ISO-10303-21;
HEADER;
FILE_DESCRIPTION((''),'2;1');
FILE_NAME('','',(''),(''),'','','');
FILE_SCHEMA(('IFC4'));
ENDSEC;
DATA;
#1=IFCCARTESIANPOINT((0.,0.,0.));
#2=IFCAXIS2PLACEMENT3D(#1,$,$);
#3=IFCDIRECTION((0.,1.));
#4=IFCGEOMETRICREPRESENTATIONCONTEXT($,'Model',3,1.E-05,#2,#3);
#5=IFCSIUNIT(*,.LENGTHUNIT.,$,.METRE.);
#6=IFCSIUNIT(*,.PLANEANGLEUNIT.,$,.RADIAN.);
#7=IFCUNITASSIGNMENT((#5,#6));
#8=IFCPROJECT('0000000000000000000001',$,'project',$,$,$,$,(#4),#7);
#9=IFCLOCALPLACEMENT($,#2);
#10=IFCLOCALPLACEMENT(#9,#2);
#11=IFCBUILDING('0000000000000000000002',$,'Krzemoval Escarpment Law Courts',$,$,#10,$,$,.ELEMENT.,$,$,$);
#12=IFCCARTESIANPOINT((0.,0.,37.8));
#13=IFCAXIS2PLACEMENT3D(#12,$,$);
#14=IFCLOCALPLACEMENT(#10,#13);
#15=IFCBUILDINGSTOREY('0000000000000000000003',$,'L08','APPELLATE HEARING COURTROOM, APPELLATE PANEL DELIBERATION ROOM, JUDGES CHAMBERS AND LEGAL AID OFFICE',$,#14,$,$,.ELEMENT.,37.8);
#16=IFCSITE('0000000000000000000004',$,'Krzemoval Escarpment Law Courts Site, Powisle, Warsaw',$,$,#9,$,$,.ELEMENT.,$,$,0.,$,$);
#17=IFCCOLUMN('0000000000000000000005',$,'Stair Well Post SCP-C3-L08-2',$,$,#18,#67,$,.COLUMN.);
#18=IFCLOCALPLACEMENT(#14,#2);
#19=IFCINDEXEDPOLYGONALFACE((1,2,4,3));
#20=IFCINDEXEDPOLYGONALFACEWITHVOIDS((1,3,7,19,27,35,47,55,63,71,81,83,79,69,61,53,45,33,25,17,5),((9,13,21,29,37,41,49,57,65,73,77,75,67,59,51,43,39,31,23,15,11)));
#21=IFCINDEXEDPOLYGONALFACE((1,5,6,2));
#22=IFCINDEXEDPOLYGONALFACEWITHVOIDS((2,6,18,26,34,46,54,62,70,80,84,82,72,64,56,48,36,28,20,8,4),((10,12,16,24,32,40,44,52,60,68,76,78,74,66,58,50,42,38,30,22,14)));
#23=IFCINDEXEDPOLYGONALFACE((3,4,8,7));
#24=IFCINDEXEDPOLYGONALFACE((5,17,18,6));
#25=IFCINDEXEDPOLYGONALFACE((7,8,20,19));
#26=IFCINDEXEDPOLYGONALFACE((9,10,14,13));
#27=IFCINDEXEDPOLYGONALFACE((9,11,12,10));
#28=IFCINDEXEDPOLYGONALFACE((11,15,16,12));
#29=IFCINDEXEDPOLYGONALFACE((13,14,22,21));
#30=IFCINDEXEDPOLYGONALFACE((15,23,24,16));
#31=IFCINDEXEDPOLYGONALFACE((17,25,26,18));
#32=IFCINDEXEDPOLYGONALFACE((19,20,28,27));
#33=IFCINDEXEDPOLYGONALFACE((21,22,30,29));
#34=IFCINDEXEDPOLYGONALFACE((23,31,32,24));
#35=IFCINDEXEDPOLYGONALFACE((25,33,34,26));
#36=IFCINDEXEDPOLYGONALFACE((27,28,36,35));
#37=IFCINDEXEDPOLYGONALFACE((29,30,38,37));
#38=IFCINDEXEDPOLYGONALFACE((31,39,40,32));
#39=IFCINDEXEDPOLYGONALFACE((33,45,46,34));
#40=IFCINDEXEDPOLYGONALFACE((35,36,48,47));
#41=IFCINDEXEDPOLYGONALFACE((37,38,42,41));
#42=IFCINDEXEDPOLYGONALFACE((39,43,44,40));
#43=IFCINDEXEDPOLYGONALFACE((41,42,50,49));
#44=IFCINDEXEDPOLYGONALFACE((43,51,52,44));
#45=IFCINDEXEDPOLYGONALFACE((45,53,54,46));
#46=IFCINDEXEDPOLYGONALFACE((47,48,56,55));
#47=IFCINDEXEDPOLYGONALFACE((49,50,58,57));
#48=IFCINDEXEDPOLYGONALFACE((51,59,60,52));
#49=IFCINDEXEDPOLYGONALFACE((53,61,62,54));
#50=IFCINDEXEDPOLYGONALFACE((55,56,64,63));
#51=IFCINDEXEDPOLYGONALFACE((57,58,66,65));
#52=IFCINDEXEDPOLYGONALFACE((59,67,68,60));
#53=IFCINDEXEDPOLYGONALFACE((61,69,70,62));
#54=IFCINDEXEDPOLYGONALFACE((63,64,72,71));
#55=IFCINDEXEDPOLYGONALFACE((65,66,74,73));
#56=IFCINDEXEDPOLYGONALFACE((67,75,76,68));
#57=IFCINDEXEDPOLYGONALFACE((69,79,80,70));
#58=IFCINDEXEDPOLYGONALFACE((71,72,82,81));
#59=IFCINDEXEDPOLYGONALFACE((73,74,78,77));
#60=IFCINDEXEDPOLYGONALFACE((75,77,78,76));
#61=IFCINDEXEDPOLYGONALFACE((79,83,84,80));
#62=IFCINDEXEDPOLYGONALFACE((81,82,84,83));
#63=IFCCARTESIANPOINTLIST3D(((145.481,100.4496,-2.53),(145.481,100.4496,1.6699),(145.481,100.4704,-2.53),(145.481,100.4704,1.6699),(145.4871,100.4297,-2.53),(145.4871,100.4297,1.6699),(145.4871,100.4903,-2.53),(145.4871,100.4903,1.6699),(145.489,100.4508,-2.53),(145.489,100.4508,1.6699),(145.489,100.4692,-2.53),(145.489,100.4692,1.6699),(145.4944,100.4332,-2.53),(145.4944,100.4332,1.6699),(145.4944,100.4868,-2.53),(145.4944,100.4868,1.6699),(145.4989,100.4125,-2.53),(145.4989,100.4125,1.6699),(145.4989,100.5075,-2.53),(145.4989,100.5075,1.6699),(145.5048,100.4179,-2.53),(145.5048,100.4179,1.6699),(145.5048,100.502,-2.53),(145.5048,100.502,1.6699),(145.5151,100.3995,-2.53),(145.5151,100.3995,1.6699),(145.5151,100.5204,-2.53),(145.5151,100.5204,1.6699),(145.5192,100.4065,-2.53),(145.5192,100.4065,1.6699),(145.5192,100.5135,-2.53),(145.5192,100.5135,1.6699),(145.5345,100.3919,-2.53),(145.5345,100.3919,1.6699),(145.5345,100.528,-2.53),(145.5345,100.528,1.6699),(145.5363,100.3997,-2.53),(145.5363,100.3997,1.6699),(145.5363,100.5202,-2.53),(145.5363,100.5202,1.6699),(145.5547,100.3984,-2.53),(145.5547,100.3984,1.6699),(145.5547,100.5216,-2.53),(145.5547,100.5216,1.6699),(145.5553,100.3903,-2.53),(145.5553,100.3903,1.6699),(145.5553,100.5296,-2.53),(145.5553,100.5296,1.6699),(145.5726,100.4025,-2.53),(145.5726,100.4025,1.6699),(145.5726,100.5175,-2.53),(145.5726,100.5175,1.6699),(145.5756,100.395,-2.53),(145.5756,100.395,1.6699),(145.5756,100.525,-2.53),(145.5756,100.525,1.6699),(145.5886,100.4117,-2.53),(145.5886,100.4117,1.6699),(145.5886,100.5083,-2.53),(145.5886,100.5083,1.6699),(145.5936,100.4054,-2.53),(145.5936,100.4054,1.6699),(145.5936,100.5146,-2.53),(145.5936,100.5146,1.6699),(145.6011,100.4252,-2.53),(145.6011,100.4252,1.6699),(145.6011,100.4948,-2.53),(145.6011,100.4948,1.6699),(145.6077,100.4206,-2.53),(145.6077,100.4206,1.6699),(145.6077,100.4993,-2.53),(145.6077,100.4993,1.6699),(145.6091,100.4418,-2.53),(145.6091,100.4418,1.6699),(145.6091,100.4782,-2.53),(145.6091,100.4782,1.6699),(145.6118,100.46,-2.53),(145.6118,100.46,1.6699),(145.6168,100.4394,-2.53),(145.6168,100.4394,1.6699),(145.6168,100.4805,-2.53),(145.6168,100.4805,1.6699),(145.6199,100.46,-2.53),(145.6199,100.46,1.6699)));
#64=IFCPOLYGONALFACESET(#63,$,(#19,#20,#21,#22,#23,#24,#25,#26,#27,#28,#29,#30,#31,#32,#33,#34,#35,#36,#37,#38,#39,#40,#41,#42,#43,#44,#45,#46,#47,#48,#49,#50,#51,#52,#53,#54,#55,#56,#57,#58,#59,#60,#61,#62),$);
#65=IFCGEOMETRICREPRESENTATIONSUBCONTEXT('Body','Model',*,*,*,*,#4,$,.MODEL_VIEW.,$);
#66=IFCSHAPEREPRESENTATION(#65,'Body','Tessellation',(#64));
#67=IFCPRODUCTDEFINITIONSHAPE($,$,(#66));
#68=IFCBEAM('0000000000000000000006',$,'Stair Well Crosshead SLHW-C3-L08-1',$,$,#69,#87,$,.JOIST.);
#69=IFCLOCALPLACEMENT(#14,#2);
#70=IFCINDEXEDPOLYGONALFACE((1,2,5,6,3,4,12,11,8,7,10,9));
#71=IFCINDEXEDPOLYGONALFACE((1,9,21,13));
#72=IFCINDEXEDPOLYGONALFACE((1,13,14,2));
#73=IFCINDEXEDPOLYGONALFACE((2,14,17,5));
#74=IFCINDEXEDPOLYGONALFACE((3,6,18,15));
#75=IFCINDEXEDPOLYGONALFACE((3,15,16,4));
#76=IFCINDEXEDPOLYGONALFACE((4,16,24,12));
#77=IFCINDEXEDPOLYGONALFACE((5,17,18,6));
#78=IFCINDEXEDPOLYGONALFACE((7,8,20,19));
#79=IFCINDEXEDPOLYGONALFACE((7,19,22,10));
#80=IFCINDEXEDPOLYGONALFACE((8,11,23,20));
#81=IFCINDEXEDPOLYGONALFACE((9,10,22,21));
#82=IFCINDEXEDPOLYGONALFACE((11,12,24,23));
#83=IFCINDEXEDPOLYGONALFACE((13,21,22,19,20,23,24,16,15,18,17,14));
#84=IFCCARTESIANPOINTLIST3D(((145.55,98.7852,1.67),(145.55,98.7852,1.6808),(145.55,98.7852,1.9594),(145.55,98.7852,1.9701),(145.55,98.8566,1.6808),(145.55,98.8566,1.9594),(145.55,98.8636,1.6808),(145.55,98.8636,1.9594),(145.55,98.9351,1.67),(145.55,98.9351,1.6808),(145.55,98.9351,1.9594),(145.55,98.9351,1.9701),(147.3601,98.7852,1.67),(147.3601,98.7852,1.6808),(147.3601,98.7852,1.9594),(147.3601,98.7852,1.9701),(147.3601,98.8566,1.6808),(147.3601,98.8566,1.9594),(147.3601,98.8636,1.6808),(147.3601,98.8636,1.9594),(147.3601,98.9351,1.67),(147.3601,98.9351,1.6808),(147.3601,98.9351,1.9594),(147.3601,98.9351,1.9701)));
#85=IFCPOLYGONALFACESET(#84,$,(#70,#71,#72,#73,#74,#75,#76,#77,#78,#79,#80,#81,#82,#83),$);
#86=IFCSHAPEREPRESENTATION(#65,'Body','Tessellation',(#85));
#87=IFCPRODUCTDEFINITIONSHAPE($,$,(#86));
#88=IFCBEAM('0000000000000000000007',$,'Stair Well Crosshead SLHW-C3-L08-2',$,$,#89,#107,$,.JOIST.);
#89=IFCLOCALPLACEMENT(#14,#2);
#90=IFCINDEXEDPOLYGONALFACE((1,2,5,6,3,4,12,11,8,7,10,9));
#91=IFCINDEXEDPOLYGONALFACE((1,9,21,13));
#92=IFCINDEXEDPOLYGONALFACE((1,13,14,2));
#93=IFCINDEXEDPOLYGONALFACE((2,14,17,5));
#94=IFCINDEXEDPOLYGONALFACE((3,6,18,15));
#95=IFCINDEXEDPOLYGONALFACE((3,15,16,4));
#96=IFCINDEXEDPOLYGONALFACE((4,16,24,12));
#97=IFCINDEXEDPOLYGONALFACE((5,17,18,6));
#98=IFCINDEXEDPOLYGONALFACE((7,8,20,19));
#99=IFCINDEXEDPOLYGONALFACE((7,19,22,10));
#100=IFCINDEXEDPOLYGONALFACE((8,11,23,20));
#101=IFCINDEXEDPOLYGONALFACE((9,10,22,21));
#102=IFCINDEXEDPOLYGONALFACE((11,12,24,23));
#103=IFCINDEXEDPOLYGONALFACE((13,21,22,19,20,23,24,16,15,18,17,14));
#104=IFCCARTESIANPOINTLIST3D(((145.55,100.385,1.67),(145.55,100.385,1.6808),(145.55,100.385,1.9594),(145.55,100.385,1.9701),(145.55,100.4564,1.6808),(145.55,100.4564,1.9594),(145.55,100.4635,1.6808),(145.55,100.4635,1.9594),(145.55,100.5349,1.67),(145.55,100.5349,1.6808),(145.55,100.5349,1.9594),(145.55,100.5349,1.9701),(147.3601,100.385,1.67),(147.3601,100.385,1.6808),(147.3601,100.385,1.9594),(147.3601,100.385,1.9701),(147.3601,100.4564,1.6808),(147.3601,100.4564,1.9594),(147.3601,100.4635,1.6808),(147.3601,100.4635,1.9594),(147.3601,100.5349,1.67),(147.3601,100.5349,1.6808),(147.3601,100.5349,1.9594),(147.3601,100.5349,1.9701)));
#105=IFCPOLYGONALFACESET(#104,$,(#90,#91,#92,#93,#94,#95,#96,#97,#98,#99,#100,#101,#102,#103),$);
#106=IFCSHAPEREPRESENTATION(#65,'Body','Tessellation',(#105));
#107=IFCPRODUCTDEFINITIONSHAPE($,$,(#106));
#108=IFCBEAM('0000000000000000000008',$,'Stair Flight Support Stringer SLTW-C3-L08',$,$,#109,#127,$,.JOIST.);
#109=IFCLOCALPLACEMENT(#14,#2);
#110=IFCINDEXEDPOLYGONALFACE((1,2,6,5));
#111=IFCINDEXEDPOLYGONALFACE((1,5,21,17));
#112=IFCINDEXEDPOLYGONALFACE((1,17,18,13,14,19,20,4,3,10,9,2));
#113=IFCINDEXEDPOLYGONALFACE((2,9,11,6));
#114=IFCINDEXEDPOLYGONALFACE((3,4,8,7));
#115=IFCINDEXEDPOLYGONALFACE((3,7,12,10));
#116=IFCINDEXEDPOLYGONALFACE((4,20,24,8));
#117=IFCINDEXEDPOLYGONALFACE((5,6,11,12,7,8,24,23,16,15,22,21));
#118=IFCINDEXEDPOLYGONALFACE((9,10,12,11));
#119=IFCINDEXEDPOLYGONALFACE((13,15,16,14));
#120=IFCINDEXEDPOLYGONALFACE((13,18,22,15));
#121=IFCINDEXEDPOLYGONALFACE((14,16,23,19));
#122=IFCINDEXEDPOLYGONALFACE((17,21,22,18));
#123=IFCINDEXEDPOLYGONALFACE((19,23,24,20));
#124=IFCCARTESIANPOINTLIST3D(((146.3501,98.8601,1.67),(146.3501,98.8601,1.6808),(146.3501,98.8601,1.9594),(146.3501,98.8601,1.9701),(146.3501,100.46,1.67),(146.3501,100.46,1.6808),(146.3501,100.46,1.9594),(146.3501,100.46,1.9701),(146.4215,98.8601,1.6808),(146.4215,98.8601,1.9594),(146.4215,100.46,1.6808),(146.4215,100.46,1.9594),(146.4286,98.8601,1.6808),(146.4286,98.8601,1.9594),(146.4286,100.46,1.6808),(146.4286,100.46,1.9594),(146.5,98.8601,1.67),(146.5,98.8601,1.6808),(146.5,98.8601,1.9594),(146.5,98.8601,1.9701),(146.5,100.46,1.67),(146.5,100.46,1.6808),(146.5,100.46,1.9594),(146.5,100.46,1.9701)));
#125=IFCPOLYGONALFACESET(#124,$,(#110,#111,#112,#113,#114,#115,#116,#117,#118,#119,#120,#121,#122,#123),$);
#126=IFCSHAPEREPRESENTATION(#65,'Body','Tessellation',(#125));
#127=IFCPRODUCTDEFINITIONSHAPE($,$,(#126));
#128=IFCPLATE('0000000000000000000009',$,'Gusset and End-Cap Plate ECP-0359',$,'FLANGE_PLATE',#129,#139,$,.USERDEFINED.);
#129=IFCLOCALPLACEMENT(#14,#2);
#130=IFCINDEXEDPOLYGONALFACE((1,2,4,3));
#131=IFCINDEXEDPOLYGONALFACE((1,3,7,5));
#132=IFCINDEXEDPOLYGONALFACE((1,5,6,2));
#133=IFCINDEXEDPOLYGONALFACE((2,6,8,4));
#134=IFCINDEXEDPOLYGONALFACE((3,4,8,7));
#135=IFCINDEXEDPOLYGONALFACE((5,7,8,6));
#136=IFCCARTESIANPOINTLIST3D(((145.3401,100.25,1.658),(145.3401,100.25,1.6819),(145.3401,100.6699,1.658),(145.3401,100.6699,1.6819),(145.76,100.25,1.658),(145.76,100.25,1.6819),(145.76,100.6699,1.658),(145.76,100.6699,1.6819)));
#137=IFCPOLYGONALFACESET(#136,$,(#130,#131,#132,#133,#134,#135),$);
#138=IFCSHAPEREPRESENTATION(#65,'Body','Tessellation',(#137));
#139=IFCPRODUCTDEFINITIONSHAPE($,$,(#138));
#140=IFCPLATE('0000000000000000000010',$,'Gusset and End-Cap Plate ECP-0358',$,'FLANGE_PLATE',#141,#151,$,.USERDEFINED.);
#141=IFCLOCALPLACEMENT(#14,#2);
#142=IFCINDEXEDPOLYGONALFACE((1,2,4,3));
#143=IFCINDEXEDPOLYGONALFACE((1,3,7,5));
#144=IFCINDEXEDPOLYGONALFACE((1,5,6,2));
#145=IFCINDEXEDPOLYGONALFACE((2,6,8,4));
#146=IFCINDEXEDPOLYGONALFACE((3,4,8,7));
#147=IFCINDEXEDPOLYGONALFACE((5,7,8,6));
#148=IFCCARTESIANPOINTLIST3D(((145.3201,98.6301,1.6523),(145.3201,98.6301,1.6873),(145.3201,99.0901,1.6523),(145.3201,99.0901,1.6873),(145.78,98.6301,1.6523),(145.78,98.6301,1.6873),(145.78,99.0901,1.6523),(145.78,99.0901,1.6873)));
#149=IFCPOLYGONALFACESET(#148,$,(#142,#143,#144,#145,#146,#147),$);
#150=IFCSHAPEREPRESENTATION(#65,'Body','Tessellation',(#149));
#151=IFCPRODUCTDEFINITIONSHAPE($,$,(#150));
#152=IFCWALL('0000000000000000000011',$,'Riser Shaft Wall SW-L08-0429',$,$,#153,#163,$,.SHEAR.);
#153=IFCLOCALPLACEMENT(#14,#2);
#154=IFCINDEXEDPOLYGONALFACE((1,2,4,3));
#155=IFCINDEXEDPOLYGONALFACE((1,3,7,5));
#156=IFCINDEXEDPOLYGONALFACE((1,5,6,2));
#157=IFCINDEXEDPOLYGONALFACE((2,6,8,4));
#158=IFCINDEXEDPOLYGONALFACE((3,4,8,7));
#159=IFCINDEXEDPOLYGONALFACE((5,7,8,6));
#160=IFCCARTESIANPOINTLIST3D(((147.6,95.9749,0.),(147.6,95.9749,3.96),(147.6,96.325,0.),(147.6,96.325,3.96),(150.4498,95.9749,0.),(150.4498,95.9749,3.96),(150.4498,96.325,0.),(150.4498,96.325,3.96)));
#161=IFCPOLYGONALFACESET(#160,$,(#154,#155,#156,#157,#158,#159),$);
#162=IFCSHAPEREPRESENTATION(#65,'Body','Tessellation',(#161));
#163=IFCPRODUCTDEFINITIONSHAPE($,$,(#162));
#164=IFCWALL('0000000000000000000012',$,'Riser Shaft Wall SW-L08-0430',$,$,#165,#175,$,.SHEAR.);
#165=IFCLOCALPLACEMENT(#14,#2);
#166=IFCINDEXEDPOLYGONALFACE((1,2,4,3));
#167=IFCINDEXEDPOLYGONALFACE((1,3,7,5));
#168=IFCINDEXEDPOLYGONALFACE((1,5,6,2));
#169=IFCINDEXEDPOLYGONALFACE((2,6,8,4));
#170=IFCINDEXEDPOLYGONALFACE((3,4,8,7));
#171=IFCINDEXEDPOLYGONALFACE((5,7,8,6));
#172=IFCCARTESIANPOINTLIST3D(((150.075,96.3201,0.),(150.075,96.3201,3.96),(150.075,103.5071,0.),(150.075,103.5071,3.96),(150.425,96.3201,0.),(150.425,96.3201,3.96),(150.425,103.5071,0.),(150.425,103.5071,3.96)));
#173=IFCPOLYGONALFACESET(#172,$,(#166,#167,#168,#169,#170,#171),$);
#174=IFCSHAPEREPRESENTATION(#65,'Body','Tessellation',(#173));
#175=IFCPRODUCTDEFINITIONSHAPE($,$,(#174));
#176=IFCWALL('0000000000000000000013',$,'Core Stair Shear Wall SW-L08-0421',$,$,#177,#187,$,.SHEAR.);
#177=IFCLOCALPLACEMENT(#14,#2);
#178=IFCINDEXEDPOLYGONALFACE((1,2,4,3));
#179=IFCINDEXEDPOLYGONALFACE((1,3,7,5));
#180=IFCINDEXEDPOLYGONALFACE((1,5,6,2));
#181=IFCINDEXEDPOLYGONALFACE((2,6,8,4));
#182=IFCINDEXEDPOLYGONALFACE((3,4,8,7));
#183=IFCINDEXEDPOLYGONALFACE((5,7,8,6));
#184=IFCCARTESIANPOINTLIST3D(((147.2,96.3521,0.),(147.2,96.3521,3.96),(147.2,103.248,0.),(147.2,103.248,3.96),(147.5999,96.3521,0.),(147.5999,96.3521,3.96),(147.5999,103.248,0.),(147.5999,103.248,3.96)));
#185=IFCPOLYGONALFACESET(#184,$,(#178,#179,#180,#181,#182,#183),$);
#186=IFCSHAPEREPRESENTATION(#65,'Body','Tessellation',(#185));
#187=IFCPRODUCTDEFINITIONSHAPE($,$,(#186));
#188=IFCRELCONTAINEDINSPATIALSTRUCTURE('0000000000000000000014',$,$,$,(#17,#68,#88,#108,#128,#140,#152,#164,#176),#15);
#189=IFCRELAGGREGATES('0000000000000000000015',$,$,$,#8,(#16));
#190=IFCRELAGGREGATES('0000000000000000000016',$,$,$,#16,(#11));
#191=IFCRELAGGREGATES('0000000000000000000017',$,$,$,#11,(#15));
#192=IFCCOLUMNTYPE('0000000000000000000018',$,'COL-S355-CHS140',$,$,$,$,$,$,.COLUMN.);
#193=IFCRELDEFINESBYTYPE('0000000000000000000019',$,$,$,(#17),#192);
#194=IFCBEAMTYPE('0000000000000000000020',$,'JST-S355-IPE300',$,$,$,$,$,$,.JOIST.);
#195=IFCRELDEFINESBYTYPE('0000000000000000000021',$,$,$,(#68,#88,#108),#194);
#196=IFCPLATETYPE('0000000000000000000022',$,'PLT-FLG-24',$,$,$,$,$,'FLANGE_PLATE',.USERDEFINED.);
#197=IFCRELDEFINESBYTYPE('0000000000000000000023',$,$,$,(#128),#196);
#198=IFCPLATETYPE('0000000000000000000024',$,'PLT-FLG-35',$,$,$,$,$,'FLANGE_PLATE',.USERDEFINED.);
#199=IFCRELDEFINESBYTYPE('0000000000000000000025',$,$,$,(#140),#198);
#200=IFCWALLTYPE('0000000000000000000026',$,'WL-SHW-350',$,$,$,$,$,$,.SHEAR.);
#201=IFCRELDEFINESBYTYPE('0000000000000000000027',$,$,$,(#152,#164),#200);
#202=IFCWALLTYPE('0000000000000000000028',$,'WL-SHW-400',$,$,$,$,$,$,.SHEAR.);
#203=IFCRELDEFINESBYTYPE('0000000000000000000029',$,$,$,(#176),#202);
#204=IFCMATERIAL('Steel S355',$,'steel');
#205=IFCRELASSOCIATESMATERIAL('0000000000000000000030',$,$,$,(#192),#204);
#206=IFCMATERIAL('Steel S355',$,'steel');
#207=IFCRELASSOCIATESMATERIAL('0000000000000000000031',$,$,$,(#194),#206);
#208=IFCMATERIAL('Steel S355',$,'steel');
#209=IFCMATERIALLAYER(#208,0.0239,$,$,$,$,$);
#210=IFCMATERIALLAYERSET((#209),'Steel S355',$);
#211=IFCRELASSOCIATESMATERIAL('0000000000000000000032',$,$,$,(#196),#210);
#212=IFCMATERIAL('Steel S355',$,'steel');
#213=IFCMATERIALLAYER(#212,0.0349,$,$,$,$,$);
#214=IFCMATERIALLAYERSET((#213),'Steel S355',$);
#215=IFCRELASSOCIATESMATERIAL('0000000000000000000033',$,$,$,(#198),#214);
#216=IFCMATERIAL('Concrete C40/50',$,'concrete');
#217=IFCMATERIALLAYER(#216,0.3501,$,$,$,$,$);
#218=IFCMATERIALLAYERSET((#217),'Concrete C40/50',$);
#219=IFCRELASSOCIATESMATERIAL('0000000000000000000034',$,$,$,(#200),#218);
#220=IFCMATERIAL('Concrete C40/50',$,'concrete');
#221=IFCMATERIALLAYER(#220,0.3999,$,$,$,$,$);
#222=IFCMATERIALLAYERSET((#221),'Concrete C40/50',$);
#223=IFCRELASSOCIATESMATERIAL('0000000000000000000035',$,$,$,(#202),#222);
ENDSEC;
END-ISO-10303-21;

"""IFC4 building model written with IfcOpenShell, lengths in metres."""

from ifc_helpers import new_model, si_unit, direction, frame, frame_2d, origin, origin_2d, place, context, subcontext, project, spatial, rectangle, hollow_circle, i_section, extrude, material, layer, layer_set, material_profile, profile_set, type_object, element, save


model = new_model("IFC4")

# Units and contexts
model_context = context("Model", 3, precision=1e-05, world=origin(), true_north=direction((0.0, 1.0)))
body_context = subcontext(model_context, "Body", "Model", "MODEL_VIEW")
ifc_project = project(units=[si_unit("LENGTHUNIT", "METRE"), si_unit("PLANEANGLEUNIT", "RADIAN")], contexts=[model_context])

# Site, building, storey
site_placement = place(None, origin())
site = spatial("IfcSite", under=ifc_project, at=site_placement, Name="Krzemoval Escarpment Law Courts Site, Powisle, Warsaw", CompositionType="ELEMENT", RefElevation=0.0)
building_placement = place(site_placement, origin())
building = spatial("IfcBuilding", under=site, at=building_placement, Name="Krzemoval Escarpment Law Courts", CompositionType="ELEMENT")
storey_placement = place(building_placement, frame((0.0, 0.0, 37.8)))
storey = spatial("IfcBuildingStorey", under=building, at=storey_placement, Name="L08", Description="APPELLATE HEARING COURTROOM, APPELLATE PANEL DELIBERATION ROOM, JUDGES CHAMBERS AND LEGAL AID OFFICE", CompositionType="ELEMENT", Elevation=37.8)

# Column
ifc_material_1 = material(Name="Steel S355", Category="steel")
ifc_material_profile_1 = material_profile(ifc_material_1, hollow_circle(Radius=0.0698, WallThickness=0.0081, at=origin_2d()), Name="CHS 139.7x8")
ifc_profile_set_1 = profile_set([ifc_material_profile_1], Name="Steel S355")
column_type = type_object("IfcColumnType", Name="COL-S355-CHS140", PredefinedType="COLUMN", material=ifc_profile_set_1)
column_placement = place(storey_placement, frame((145.55, 100.46, -2.53), z_axis=(0.0, 0.0, 1.0), x_axis=(1.0, 0.0, 0.0)))
element("IfcColumn", 1, at=column_placement, inside=storey, type_object=column_type, Name="Stair Well Post SCP-C3-L08-2", PredefinedType="COLUMN", context=body_context, shape_type="SweptSolid", body=[
    extrude(hollow_circle(Radius=0.0698, WallThickness=0.0081, at=origin_2d()), origin(), (0.0, 0.0, 1.0), 4.2),
])

# Beams
ifc_material_2 = material(Name="Steel S355", Category="steel")
ifc_material_profile_2 = material_profile(ifc_material_2, i_section(OverallWidth=0.1499, OverallDepth=0.3, WebThickness=0.0071, FlangeThickness=0.0107, at=origin_2d()), Name="IPE 300")
ifc_profile_set_2 = profile_set([ifc_material_profile_2], Name="Steel S355")
beam_type = type_object("IfcBeamType", Name="JST-S355-IPE300", PredefinedType="JOIST", material=ifc_profile_set_2)
for number, where, z_axis, x_axis, name in (
    (2, (145.55, 98.8601, 1.8201), (1.0, 0.0, 0.0), (0.0, 1.0, 0.0), "Stair Well Crosshead SLHW-C3-L08-1"),
    (3, (145.55, 100.46, 1.8201), (1.0, 0.0, 0.0), (0.0, 1.0, 0.0), "Stair Well Crosshead SLHW-C3-L08-2"),
):
    element("IfcBeam", number, at=place(storey_placement, frame(where, z_axis=z_axis, x_axis=x_axis)), inside=storey, type_object=beam_type, Name=name, PredefinedType="JOIST", context=body_context, shape_type="SweptSolid", body=[
        extrude(i_section(OverallWidth=0.1499, OverallDepth=0.3, WebThickness=0.0071, FlangeThickness=0.0107, at=origin_2d()), origin(), (0.0, 0.0, 1.0), 1.8101),
    ])
beam_placement = place(storey_placement, frame((146.425, 98.8601, 1.8201), z_axis=(0.0, 1.0, 0.0), x_axis=(-1.0, 0.0, 0.0)))
element("IfcBeam", 4, at=beam_placement, inside=storey, type_object=beam_type, Name="Stair Flight Support Stringer SLTW-C3-L08", PredefinedType="JOIST", context=body_context, shape_type="SweptSolid", body=[
    extrude(i_section(OverallWidth=0.1499, OverallDepth=0.3, WebThickness=0.0071, FlangeThickness=0.0107, at=origin_2d()), origin(), (0.0, 0.0, 1.0), 1.5999),
])

# Plates
ifc_material_3 = material(Name="Steel S355", Category="steel")
ifc_layer_1 = layer(ifc_material_3, 0.0239)
ifc_layer_set_1 = layer_set([ifc_layer_1], Name="Steel S355")
plate_type_1 = type_object("IfcPlateType", Name="PLT-FLG-24", ElementType="FLANGE_PLATE", PredefinedType="USERDEFINED", material=ifc_layer_set_1)
plate_1_placement = place(storey_placement, frame((145.55, 100.46, 1.658), z_axis=(0.0, 0.0, 1.0), x_axis=(1.0, 0.0, 0.0)))
element("IfcPlate", 5, at=plate_1_placement, inside=storey, type_object=plate_type_1, Name="Gusset and End-Cap Plate ECP-0359", ObjectType="FLANGE_PLATE", PredefinedType="USERDEFINED", context=body_context, shape_type="SweptSolid", body=[
    extrude(rectangle(XDim=0.4199, YDim=0.4199, at=origin_2d()), origin(), (0.0, 0.0, 1.0), 0.0239),
])
ifc_material_4 = material(Name="Steel S355", Category="steel")
ifc_layer_2 = layer(ifc_material_4, 0.0349)
ifc_layer_set_2 = layer_set([ifc_layer_2], Name="Steel S355")
plate_type_2 = type_object("IfcPlateType", Name="PLT-FLG-35", ElementType="FLANGE_PLATE", PredefinedType="USERDEFINED", material=ifc_layer_set_2)
plate_2_placement = place(storey_placement, frame((145.55, 98.8601, 1.6523), z_axis=(0.0, 0.0, 1.0), x_axis=(1.0, 0.0, 0.0)))
element("IfcPlate", 6, at=plate_2_placement, inside=storey, type_object=plate_type_2, Name="Gusset and End-Cap Plate ECP-0358", ObjectType="FLANGE_PLATE", PredefinedType="USERDEFINED", context=body_context, shape_type="SweptSolid", body=[
    extrude(rectangle(XDim=0.46, YDim=0.46, at=origin_2d()), origin(), (0.0, 0.0, 1.0), 0.0349),
])

# Walls
ifc_material_5 = material(Name="Concrete C40/50", Category="concrete")
ifc_layer_3 = layer(ifc_material_5, 0.3501)
ifc_layer_set_3 = layer_set([ifc_layer_3], Name="Concrete C40/50")
wall_type_1 = type_object("IfcWallType", Name="WL-SHW-350", PredefinedType="SHEAR", material=ifc_layer_set_3)
wall_1_placement = place(storey_placement, frame((147.6001, 96.1499, 0.0), z_axis=(0.0, 0.0, 1.0), x_axis=(1.0, 0.0, 0.0)))
element("IfcWall", 7, at=wall_1_placement, inside=storey, type_object=wall_type_1, Name="Riser Shaft Wall SW-L08-0429", PredefinedType="SHEAR", context=body_context, shape_type="SweptSolid", body=[
    extrude(rectangle(XDim=2.8499, YDim=0.3501, at=frame_2d((1.4248, 0.0))), origin(), (0.0, 0.0, 1.0), 3.96),
])
wall_2_placement = place(storey_placement, frame((150.25, 96.3201, 0.0), z_axis=(0.0, 0.0, 1.0), x_axis=(0.0, 1.0, 0.0)))
element("IfcWall", 8, at=wall_2_placement, inside=storey, type_object=wall_type_1, Name="Riser Shaft Wall SW-L08-0430", PredefinedType="SHEAR", context=body_context, shape_type="SweptSolid", body=[
    extrude(rectangle(XDim=7.187, YDim=0.3501, at=frame_2d((3.5935, 0.0))), origin(), (0.0, 0.0, 1.0), 3.96),
])
ifc_material_6 = material(Name="Concrete C40/50", Category="concrete")
ifc_layer_4 = layer(ifc_material_6, 0.3999)
ifc_layer_set_4 = layer_set([ifc_layer_4], Name="Concrete C40/50")
wall_type_2 = type_object("IfcWallType", Name="WL-SHW-400", PredefinedType="SHEAR", material=ifc_layer_set_4)
wall_3_placement = place(storey_placement, frame((147.3999, 96.3521, 0.0), z_axis=(0.0, 0.0, 1.0), x_axis=(0.0, 1.0, 0.0)))
element("IfcWall", 9, at=wall_3_placement, inside=storey, type_object=wall_type_2, Name="Core Stair Shear Wall SW-L08-0421", PredefinedType="SHEAR", context=body_context, shape_type="SweptSolid", body=[
    extrude(rectangle(XDim=6.896, YDim=0.3999, at=frame_2d((3.448, 0.0))), origin(), (0.0, 0.0, 1.0), 3.96),
])

save(model, "model.ifc")
